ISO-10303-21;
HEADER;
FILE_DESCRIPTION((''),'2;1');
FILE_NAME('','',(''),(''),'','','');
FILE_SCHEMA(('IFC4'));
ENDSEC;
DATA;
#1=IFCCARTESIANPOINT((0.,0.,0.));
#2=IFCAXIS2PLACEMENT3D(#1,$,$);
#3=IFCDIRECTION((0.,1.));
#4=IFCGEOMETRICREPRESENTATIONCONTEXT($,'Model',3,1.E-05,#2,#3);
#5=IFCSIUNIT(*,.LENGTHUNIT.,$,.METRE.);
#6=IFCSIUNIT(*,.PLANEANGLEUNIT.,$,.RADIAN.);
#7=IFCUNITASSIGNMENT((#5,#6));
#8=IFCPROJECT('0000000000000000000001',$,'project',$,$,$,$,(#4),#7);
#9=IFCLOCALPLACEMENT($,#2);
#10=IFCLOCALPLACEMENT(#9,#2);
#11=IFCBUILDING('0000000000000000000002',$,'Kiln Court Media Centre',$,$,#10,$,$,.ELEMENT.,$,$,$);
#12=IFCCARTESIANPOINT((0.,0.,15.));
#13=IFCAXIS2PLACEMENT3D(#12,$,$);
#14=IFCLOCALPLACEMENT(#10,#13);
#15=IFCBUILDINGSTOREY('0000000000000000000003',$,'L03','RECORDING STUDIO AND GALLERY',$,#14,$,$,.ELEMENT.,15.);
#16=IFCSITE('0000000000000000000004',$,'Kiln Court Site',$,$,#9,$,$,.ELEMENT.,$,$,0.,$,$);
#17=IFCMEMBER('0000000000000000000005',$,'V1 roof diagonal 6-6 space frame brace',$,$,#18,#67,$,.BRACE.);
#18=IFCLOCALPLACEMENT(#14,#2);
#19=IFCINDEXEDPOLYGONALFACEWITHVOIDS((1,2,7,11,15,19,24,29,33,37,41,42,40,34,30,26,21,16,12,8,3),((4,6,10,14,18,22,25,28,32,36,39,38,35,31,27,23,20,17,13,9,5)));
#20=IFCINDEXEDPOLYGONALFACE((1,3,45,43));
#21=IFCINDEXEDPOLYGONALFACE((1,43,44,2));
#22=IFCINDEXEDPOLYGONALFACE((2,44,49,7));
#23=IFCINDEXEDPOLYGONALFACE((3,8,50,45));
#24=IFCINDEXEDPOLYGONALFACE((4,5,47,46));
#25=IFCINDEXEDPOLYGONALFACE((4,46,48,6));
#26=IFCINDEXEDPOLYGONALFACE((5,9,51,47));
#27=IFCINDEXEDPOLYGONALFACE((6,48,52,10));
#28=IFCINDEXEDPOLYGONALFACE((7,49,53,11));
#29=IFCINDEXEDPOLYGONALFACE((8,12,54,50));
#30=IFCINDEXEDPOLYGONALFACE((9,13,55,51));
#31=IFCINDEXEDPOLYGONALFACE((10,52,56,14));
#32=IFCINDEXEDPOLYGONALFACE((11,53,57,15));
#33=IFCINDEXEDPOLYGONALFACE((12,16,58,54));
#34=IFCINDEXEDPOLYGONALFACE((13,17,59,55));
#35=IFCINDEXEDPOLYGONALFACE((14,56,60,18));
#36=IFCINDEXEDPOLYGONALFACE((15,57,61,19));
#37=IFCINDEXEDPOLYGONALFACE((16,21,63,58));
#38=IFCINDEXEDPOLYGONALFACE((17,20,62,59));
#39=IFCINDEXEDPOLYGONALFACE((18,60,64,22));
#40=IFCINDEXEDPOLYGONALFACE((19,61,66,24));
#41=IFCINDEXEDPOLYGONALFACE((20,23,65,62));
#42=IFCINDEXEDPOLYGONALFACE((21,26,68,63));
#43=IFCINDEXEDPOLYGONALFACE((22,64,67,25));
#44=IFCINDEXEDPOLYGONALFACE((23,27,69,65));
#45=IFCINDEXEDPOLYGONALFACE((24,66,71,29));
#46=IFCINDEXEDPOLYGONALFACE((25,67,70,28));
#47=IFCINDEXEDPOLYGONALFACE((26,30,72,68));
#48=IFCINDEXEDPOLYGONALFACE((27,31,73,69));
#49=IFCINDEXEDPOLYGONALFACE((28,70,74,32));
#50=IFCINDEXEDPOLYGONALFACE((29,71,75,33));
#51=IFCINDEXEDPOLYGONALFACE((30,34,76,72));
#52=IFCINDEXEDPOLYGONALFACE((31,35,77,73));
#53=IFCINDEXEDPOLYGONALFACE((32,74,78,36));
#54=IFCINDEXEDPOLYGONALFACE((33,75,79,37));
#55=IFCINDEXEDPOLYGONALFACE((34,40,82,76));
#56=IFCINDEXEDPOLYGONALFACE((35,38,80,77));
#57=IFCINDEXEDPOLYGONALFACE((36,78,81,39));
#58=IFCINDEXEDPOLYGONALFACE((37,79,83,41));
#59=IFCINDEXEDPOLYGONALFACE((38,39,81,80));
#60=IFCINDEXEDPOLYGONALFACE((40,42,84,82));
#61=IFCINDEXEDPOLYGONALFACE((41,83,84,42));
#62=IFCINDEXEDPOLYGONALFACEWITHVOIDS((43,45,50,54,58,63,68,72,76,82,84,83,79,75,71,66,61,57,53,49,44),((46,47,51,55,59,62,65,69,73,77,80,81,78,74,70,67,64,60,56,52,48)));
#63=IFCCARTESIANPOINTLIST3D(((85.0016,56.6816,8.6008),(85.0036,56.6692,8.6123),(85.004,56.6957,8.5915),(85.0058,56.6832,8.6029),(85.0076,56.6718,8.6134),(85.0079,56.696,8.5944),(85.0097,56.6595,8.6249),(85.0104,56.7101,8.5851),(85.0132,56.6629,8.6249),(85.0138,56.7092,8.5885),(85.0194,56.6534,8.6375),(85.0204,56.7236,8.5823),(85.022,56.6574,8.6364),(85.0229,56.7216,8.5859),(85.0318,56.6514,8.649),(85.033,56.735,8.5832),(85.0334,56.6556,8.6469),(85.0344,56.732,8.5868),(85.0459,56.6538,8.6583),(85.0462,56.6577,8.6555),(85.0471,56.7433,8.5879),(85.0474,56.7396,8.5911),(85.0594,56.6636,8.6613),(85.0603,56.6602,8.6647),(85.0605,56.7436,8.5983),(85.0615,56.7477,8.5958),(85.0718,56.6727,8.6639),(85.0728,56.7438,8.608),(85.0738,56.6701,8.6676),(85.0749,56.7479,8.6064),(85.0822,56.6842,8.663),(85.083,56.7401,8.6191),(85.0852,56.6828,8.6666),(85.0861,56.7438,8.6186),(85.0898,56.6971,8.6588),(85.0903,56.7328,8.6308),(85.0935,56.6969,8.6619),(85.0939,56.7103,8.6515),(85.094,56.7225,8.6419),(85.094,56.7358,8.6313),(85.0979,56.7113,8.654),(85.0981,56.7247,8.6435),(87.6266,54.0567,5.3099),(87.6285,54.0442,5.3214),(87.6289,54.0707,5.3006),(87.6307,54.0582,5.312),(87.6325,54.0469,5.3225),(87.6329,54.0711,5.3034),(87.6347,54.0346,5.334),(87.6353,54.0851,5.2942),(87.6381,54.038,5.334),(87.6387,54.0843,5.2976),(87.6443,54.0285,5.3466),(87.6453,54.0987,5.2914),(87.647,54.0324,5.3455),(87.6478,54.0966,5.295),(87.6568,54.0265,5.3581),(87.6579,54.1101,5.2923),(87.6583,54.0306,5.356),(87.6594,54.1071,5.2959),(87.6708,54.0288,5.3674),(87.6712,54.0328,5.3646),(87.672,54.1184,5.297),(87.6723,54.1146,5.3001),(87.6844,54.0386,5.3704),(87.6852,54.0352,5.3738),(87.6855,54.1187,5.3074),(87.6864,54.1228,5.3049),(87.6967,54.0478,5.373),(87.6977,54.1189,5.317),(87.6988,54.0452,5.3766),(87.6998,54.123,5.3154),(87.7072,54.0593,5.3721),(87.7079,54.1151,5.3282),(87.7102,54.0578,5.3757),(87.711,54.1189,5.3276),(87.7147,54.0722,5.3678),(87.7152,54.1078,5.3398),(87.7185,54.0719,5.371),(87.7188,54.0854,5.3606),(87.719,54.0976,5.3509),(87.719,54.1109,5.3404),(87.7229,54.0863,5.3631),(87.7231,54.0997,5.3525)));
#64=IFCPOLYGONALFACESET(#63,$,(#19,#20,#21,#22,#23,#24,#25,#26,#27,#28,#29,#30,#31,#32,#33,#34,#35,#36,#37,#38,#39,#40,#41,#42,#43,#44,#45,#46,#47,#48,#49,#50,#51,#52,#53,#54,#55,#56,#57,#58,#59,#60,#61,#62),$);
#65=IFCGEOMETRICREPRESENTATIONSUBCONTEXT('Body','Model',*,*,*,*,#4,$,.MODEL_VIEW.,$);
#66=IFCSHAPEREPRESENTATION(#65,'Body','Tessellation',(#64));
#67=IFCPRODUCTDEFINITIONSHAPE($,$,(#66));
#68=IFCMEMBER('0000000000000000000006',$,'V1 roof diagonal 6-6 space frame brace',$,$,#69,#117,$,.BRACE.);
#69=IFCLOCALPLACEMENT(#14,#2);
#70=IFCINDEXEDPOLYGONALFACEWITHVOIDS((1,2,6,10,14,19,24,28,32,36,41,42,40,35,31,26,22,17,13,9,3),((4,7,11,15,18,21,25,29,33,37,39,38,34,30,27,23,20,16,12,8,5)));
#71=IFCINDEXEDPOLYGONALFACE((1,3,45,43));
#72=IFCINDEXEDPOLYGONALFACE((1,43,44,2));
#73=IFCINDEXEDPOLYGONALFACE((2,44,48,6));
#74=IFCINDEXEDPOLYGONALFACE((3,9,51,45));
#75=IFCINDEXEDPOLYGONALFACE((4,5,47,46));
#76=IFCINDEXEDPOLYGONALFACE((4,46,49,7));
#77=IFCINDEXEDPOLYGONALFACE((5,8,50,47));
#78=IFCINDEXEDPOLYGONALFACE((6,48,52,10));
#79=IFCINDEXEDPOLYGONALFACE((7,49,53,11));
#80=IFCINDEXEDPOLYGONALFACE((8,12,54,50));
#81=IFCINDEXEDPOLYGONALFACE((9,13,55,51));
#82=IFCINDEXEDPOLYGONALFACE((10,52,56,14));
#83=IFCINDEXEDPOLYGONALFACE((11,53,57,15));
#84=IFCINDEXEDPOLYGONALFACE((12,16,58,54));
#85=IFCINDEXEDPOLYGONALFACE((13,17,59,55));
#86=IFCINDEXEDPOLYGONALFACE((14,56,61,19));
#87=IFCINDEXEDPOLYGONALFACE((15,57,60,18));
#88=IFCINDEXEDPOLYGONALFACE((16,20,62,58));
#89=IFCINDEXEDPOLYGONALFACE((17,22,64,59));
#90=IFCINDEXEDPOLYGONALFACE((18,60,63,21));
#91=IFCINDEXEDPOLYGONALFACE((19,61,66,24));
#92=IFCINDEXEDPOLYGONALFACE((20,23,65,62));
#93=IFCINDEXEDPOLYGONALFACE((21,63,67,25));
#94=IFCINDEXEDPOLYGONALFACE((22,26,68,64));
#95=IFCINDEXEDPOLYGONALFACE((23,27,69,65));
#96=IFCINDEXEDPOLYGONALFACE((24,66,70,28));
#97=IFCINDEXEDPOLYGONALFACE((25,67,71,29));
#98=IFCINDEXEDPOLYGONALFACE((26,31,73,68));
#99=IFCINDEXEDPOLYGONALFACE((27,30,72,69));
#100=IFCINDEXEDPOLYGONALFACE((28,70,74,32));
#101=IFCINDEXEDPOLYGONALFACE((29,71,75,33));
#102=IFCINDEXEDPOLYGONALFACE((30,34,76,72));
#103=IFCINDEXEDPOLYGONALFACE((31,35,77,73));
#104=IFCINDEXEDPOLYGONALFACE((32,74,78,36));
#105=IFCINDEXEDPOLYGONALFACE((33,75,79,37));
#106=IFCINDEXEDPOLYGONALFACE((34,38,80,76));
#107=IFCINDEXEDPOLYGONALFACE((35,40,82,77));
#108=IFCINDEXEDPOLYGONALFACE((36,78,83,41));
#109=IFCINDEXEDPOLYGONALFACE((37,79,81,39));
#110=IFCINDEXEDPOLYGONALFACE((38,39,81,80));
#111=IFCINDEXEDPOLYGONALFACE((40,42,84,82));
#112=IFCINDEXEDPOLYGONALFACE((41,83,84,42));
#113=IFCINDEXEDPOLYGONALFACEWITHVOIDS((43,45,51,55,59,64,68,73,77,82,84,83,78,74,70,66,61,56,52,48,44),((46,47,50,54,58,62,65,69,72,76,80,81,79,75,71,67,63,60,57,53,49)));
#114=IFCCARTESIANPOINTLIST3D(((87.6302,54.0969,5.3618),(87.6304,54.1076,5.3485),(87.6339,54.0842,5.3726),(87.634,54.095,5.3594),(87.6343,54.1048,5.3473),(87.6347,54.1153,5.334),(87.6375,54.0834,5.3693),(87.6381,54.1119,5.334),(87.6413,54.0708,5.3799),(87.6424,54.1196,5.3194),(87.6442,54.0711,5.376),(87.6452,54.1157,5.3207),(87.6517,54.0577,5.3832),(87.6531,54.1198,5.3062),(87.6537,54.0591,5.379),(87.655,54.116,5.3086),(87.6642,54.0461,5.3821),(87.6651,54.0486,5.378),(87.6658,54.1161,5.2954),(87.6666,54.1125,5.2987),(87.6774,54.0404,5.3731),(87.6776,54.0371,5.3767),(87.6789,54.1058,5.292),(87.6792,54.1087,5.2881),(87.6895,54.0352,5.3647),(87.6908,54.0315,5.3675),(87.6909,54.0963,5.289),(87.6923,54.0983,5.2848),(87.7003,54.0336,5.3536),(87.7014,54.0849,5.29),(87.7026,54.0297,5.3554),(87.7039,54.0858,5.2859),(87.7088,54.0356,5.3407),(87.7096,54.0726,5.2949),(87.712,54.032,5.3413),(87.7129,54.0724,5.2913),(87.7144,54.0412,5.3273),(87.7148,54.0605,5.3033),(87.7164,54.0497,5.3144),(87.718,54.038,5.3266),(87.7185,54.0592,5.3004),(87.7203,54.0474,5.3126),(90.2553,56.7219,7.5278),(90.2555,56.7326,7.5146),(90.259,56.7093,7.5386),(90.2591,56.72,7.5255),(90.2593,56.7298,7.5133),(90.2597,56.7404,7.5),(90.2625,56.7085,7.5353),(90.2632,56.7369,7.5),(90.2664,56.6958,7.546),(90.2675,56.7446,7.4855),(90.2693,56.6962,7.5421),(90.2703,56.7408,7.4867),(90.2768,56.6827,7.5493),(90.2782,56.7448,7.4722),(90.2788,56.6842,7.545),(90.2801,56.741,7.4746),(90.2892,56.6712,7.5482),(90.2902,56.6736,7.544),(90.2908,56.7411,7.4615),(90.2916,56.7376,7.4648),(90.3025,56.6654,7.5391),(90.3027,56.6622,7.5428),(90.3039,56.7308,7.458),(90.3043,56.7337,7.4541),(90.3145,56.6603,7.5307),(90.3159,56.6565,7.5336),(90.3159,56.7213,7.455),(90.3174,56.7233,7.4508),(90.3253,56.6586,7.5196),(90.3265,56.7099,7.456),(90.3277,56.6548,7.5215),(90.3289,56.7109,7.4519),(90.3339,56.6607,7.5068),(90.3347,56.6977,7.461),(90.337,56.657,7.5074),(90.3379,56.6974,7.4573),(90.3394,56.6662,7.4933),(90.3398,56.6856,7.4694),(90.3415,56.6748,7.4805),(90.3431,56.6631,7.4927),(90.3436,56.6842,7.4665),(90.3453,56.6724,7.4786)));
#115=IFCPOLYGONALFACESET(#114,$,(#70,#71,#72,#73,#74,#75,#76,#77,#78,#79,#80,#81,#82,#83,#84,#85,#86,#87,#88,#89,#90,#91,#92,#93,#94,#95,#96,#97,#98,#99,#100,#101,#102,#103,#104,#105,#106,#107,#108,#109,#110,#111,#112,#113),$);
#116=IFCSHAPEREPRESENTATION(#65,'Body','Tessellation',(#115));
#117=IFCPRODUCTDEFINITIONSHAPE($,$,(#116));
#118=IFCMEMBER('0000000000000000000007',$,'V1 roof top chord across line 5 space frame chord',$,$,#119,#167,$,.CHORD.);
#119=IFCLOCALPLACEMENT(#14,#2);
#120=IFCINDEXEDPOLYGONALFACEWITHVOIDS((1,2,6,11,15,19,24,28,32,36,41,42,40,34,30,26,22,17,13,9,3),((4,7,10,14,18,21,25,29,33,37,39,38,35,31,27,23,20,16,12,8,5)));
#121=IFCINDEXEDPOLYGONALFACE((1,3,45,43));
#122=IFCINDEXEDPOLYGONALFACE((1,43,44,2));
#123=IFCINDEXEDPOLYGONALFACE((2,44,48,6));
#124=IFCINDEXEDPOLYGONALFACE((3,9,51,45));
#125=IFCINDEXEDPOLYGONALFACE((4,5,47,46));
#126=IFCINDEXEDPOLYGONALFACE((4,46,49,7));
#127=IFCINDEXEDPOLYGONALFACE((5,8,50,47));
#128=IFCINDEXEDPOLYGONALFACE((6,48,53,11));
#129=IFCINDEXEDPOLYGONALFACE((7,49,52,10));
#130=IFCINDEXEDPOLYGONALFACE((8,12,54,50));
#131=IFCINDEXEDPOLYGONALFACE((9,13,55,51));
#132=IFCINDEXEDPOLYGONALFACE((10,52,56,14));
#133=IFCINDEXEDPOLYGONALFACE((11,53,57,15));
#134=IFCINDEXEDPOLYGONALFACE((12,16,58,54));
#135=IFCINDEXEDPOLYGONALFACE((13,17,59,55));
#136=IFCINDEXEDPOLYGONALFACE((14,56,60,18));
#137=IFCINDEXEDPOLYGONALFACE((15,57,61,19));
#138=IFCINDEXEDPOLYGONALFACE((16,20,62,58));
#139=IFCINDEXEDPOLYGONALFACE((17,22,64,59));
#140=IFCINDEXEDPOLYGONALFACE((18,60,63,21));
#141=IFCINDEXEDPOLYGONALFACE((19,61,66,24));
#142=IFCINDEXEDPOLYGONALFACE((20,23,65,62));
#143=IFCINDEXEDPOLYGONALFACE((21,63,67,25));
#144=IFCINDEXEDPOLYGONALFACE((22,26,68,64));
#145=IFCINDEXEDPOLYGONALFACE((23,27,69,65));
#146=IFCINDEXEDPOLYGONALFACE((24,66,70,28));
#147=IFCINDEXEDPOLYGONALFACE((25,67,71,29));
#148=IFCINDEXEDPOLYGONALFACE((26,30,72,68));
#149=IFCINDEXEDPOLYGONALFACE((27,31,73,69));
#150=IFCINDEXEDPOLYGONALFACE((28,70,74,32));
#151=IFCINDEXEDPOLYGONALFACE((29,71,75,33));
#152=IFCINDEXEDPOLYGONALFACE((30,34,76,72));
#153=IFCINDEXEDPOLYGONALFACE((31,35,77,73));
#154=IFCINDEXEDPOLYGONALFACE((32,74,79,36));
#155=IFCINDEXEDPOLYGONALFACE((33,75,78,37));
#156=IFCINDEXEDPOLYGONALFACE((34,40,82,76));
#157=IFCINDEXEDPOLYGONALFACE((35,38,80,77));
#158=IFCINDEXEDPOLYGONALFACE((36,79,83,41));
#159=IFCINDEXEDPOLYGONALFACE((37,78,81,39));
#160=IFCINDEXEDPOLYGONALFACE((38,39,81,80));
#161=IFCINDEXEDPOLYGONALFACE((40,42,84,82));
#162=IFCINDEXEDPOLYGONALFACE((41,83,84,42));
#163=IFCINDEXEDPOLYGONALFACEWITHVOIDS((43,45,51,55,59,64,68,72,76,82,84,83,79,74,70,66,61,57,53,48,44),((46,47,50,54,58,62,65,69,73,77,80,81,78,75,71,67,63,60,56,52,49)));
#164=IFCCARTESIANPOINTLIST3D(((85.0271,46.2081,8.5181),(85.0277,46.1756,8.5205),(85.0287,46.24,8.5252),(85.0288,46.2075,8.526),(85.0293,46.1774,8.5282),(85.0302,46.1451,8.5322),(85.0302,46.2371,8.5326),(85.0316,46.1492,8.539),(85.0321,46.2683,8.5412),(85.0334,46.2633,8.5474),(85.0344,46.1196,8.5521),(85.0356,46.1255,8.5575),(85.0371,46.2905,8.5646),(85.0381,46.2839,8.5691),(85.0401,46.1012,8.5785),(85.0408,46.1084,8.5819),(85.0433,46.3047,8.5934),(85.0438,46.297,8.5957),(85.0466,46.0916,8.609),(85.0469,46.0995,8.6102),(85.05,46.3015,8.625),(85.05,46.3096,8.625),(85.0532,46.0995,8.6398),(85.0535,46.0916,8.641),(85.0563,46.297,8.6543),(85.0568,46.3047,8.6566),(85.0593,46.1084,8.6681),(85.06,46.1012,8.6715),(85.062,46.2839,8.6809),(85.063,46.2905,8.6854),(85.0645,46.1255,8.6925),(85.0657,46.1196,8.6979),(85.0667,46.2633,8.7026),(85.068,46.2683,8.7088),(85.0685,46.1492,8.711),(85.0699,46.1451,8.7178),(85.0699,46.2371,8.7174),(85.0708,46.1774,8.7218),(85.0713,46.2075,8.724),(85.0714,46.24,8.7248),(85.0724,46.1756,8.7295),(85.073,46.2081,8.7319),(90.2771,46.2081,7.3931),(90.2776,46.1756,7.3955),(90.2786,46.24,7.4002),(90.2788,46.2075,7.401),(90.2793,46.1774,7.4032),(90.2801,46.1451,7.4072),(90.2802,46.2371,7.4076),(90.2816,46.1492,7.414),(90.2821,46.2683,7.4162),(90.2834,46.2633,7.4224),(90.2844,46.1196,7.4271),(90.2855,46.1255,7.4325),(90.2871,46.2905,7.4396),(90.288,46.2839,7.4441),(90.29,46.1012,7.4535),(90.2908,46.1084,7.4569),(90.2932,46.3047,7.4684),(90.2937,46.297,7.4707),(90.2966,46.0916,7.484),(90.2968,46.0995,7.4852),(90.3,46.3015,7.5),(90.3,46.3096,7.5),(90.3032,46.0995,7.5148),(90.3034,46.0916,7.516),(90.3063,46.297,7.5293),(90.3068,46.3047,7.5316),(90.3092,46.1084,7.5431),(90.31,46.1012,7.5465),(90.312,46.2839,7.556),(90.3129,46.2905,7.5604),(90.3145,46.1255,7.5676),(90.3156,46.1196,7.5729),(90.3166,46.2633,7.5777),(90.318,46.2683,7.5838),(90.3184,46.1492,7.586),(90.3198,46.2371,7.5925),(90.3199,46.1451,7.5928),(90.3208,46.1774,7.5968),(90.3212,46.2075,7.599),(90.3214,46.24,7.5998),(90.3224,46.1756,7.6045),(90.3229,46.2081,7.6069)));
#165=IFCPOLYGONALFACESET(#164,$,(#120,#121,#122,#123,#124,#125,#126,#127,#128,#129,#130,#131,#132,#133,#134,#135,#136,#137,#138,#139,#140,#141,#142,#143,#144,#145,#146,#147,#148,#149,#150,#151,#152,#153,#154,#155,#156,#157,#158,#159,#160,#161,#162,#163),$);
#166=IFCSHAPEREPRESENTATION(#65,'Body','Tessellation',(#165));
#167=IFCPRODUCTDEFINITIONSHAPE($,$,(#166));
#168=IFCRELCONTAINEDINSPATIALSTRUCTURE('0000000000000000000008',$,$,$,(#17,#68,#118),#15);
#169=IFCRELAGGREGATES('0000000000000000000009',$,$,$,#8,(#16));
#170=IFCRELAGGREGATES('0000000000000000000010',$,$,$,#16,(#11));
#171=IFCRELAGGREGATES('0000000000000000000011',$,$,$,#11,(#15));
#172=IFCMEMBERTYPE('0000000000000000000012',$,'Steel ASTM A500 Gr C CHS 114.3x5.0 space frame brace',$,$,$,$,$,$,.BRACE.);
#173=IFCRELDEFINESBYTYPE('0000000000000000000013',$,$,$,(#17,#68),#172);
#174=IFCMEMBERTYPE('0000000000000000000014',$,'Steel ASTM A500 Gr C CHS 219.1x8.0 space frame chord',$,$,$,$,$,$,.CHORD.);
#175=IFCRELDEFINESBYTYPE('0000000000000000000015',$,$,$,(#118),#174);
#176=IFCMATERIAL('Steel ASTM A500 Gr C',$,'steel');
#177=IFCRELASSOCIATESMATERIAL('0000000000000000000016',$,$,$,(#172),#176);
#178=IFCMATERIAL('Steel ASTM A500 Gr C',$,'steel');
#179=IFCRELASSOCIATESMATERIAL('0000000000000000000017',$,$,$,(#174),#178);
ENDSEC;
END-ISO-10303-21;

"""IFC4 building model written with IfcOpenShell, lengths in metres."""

from ifc_helpers import new_model, si_unit, direction, frame, origin, origin_2d, place, context, subcontext, project, spatial, hollow_circle, extrude, material, material_profile, profile_set, type_object, element, save


model = new_model("IFC4")

# Units and contexts
model_context = context("Model", 3, precision=1e-05, world=origin(), true_north=direction((0.0, 1.0)))
body_context = subcontext(model_context, "Body", "Model", "MODEL_VIEW")
ifc_project = project(units=[si_unit("LENGTHUNIT", "METRE"), si_unit("PLANEANGLEUNIT", "RADIAN")], contexts=[model_context])

# Site, building, storey
site_placement = place(None, origin())
site = spatial("IfcSite", under=ifc_project, at=site_placement, Name="Kiln Court Site", CompositionType="ELEMENT", RefElevation=0.0)
building_placement = place(site_placement, origin())
building = spatial("IfcBuilding", under=site, at=building_placement, Name="Kiln Court Media Centre", CompositionType="ELEMENT")
storey_placement = place(building_placement, frame((0.0, 0.0, 15.0)))
storey = spatial("IfcBuildingStorey", under=building, at=storey_placement, Name="L03", Description="RECORDING STUDIO AND GALLERY", CompositionType="ELEMENT", Elevation=15.0)

# Members
ifc_material_1 = material(Name="Steel ASTM A500 Gr C", Category="steel")
ifc_material_profile_1 = material_profile(ifc_material_1, hollow_circle(Radius=0.0571, WallThickness=0.0049, at=origin_2d()), Name="CHS 114.3x5.0")
ifc_profile_set_1 = profile_set([ifc_material_profile_1], Name="Steel ASTM A500 Gr C")
member_type_1 = type_object("IfcMemberType", Name="Steel ASTM A500 Gr C CHS 114.3x5.0 space frame brace", PredefinedType="BRACE", material=ifc_profile_set_1)
member_1_placement = place(storey_placement, frame((87.675, 54.075, 5.334), z_axis=(-0.529122, 0.529122, 0.663371), x_axis=(-0.707107, -0.707107, 0.0)))
element("IfcMember", 1, at=member_1_placement, inside=storey, type_object=member_type_1, Name="V1 roof diagonal 6-6 space frame brace", PredefinedType="BRACE", context=body_context, shape_type="SweptSolid", body=[
    extrude(hollow_circle(Radius=0.0571, WallThickness=0.0049, at=origin_2d()), origin(), (0.0, 0.0, 1.0), 4.9609),
])
member_2_placement = place(storey_placement, frame((87.675, 54.075, 5.334), z_axis=(0.610748, 0.610748, 0.503958), x_axis=(-0.707107, 0.707107, 0.0)))
element("IfcMember", 2, at=member_2_placement, inside=storey, type_object=member_type_1, Name="V1 roof diagonal 6-6 space frame brace", PredefinedType="BRACE", context=body_context, shape_type="SweptSolid", body=[
    extrude(hollow_circle(Radius=0.0571, WallThickness=0.0049, at=origin_2d()), origin(), (0.0, 0.0, 1.0), 4.2981),
])
ifc_material_2 = material(Name="Steel ASTM A500 Gr C", Category="steel")
ifc_material_profile_2 = material_profile(ifc_material_2, hollow_circle(Radius=0.1096, WallThickness=0.0081, at=origin_2d()), Name="CHS 219.1x8.0")
ifc_profile_set_2 = profile_set([ifc_material_profile_2], Name="Steel ASTM A500 Gr C")
member_type_2 = type_object("IfcMemberType", Name="Steel ASTM A500 Gr C CHS 219.1x8.0 space frame chord", PredefinedType="CHORD", material=ifc_profile_set_2)
member_3_placement = place(storey_placement, frame((85.05, 46.2, 8.625), z_axis=(0.977802, 0.0, -0.209529), x_axis=(0.0, 1.0, 0.0)))
element("IfcMember", 3, at=member_3_placement, inside=storey, type_object=member_type_2, Name="V1 roof top chord across line 5 space frame chord", PredefinedType="CHORD", context=body_context, shape_type="SweptSolid", body=[
    extrude(hollow_circle(Radius=0.1096, WallThickness=0.0081, at=origin_2d()), origin(), (0.0, 0.0, 1.0), 5.3691),
])

save(model, "model.ifc")
